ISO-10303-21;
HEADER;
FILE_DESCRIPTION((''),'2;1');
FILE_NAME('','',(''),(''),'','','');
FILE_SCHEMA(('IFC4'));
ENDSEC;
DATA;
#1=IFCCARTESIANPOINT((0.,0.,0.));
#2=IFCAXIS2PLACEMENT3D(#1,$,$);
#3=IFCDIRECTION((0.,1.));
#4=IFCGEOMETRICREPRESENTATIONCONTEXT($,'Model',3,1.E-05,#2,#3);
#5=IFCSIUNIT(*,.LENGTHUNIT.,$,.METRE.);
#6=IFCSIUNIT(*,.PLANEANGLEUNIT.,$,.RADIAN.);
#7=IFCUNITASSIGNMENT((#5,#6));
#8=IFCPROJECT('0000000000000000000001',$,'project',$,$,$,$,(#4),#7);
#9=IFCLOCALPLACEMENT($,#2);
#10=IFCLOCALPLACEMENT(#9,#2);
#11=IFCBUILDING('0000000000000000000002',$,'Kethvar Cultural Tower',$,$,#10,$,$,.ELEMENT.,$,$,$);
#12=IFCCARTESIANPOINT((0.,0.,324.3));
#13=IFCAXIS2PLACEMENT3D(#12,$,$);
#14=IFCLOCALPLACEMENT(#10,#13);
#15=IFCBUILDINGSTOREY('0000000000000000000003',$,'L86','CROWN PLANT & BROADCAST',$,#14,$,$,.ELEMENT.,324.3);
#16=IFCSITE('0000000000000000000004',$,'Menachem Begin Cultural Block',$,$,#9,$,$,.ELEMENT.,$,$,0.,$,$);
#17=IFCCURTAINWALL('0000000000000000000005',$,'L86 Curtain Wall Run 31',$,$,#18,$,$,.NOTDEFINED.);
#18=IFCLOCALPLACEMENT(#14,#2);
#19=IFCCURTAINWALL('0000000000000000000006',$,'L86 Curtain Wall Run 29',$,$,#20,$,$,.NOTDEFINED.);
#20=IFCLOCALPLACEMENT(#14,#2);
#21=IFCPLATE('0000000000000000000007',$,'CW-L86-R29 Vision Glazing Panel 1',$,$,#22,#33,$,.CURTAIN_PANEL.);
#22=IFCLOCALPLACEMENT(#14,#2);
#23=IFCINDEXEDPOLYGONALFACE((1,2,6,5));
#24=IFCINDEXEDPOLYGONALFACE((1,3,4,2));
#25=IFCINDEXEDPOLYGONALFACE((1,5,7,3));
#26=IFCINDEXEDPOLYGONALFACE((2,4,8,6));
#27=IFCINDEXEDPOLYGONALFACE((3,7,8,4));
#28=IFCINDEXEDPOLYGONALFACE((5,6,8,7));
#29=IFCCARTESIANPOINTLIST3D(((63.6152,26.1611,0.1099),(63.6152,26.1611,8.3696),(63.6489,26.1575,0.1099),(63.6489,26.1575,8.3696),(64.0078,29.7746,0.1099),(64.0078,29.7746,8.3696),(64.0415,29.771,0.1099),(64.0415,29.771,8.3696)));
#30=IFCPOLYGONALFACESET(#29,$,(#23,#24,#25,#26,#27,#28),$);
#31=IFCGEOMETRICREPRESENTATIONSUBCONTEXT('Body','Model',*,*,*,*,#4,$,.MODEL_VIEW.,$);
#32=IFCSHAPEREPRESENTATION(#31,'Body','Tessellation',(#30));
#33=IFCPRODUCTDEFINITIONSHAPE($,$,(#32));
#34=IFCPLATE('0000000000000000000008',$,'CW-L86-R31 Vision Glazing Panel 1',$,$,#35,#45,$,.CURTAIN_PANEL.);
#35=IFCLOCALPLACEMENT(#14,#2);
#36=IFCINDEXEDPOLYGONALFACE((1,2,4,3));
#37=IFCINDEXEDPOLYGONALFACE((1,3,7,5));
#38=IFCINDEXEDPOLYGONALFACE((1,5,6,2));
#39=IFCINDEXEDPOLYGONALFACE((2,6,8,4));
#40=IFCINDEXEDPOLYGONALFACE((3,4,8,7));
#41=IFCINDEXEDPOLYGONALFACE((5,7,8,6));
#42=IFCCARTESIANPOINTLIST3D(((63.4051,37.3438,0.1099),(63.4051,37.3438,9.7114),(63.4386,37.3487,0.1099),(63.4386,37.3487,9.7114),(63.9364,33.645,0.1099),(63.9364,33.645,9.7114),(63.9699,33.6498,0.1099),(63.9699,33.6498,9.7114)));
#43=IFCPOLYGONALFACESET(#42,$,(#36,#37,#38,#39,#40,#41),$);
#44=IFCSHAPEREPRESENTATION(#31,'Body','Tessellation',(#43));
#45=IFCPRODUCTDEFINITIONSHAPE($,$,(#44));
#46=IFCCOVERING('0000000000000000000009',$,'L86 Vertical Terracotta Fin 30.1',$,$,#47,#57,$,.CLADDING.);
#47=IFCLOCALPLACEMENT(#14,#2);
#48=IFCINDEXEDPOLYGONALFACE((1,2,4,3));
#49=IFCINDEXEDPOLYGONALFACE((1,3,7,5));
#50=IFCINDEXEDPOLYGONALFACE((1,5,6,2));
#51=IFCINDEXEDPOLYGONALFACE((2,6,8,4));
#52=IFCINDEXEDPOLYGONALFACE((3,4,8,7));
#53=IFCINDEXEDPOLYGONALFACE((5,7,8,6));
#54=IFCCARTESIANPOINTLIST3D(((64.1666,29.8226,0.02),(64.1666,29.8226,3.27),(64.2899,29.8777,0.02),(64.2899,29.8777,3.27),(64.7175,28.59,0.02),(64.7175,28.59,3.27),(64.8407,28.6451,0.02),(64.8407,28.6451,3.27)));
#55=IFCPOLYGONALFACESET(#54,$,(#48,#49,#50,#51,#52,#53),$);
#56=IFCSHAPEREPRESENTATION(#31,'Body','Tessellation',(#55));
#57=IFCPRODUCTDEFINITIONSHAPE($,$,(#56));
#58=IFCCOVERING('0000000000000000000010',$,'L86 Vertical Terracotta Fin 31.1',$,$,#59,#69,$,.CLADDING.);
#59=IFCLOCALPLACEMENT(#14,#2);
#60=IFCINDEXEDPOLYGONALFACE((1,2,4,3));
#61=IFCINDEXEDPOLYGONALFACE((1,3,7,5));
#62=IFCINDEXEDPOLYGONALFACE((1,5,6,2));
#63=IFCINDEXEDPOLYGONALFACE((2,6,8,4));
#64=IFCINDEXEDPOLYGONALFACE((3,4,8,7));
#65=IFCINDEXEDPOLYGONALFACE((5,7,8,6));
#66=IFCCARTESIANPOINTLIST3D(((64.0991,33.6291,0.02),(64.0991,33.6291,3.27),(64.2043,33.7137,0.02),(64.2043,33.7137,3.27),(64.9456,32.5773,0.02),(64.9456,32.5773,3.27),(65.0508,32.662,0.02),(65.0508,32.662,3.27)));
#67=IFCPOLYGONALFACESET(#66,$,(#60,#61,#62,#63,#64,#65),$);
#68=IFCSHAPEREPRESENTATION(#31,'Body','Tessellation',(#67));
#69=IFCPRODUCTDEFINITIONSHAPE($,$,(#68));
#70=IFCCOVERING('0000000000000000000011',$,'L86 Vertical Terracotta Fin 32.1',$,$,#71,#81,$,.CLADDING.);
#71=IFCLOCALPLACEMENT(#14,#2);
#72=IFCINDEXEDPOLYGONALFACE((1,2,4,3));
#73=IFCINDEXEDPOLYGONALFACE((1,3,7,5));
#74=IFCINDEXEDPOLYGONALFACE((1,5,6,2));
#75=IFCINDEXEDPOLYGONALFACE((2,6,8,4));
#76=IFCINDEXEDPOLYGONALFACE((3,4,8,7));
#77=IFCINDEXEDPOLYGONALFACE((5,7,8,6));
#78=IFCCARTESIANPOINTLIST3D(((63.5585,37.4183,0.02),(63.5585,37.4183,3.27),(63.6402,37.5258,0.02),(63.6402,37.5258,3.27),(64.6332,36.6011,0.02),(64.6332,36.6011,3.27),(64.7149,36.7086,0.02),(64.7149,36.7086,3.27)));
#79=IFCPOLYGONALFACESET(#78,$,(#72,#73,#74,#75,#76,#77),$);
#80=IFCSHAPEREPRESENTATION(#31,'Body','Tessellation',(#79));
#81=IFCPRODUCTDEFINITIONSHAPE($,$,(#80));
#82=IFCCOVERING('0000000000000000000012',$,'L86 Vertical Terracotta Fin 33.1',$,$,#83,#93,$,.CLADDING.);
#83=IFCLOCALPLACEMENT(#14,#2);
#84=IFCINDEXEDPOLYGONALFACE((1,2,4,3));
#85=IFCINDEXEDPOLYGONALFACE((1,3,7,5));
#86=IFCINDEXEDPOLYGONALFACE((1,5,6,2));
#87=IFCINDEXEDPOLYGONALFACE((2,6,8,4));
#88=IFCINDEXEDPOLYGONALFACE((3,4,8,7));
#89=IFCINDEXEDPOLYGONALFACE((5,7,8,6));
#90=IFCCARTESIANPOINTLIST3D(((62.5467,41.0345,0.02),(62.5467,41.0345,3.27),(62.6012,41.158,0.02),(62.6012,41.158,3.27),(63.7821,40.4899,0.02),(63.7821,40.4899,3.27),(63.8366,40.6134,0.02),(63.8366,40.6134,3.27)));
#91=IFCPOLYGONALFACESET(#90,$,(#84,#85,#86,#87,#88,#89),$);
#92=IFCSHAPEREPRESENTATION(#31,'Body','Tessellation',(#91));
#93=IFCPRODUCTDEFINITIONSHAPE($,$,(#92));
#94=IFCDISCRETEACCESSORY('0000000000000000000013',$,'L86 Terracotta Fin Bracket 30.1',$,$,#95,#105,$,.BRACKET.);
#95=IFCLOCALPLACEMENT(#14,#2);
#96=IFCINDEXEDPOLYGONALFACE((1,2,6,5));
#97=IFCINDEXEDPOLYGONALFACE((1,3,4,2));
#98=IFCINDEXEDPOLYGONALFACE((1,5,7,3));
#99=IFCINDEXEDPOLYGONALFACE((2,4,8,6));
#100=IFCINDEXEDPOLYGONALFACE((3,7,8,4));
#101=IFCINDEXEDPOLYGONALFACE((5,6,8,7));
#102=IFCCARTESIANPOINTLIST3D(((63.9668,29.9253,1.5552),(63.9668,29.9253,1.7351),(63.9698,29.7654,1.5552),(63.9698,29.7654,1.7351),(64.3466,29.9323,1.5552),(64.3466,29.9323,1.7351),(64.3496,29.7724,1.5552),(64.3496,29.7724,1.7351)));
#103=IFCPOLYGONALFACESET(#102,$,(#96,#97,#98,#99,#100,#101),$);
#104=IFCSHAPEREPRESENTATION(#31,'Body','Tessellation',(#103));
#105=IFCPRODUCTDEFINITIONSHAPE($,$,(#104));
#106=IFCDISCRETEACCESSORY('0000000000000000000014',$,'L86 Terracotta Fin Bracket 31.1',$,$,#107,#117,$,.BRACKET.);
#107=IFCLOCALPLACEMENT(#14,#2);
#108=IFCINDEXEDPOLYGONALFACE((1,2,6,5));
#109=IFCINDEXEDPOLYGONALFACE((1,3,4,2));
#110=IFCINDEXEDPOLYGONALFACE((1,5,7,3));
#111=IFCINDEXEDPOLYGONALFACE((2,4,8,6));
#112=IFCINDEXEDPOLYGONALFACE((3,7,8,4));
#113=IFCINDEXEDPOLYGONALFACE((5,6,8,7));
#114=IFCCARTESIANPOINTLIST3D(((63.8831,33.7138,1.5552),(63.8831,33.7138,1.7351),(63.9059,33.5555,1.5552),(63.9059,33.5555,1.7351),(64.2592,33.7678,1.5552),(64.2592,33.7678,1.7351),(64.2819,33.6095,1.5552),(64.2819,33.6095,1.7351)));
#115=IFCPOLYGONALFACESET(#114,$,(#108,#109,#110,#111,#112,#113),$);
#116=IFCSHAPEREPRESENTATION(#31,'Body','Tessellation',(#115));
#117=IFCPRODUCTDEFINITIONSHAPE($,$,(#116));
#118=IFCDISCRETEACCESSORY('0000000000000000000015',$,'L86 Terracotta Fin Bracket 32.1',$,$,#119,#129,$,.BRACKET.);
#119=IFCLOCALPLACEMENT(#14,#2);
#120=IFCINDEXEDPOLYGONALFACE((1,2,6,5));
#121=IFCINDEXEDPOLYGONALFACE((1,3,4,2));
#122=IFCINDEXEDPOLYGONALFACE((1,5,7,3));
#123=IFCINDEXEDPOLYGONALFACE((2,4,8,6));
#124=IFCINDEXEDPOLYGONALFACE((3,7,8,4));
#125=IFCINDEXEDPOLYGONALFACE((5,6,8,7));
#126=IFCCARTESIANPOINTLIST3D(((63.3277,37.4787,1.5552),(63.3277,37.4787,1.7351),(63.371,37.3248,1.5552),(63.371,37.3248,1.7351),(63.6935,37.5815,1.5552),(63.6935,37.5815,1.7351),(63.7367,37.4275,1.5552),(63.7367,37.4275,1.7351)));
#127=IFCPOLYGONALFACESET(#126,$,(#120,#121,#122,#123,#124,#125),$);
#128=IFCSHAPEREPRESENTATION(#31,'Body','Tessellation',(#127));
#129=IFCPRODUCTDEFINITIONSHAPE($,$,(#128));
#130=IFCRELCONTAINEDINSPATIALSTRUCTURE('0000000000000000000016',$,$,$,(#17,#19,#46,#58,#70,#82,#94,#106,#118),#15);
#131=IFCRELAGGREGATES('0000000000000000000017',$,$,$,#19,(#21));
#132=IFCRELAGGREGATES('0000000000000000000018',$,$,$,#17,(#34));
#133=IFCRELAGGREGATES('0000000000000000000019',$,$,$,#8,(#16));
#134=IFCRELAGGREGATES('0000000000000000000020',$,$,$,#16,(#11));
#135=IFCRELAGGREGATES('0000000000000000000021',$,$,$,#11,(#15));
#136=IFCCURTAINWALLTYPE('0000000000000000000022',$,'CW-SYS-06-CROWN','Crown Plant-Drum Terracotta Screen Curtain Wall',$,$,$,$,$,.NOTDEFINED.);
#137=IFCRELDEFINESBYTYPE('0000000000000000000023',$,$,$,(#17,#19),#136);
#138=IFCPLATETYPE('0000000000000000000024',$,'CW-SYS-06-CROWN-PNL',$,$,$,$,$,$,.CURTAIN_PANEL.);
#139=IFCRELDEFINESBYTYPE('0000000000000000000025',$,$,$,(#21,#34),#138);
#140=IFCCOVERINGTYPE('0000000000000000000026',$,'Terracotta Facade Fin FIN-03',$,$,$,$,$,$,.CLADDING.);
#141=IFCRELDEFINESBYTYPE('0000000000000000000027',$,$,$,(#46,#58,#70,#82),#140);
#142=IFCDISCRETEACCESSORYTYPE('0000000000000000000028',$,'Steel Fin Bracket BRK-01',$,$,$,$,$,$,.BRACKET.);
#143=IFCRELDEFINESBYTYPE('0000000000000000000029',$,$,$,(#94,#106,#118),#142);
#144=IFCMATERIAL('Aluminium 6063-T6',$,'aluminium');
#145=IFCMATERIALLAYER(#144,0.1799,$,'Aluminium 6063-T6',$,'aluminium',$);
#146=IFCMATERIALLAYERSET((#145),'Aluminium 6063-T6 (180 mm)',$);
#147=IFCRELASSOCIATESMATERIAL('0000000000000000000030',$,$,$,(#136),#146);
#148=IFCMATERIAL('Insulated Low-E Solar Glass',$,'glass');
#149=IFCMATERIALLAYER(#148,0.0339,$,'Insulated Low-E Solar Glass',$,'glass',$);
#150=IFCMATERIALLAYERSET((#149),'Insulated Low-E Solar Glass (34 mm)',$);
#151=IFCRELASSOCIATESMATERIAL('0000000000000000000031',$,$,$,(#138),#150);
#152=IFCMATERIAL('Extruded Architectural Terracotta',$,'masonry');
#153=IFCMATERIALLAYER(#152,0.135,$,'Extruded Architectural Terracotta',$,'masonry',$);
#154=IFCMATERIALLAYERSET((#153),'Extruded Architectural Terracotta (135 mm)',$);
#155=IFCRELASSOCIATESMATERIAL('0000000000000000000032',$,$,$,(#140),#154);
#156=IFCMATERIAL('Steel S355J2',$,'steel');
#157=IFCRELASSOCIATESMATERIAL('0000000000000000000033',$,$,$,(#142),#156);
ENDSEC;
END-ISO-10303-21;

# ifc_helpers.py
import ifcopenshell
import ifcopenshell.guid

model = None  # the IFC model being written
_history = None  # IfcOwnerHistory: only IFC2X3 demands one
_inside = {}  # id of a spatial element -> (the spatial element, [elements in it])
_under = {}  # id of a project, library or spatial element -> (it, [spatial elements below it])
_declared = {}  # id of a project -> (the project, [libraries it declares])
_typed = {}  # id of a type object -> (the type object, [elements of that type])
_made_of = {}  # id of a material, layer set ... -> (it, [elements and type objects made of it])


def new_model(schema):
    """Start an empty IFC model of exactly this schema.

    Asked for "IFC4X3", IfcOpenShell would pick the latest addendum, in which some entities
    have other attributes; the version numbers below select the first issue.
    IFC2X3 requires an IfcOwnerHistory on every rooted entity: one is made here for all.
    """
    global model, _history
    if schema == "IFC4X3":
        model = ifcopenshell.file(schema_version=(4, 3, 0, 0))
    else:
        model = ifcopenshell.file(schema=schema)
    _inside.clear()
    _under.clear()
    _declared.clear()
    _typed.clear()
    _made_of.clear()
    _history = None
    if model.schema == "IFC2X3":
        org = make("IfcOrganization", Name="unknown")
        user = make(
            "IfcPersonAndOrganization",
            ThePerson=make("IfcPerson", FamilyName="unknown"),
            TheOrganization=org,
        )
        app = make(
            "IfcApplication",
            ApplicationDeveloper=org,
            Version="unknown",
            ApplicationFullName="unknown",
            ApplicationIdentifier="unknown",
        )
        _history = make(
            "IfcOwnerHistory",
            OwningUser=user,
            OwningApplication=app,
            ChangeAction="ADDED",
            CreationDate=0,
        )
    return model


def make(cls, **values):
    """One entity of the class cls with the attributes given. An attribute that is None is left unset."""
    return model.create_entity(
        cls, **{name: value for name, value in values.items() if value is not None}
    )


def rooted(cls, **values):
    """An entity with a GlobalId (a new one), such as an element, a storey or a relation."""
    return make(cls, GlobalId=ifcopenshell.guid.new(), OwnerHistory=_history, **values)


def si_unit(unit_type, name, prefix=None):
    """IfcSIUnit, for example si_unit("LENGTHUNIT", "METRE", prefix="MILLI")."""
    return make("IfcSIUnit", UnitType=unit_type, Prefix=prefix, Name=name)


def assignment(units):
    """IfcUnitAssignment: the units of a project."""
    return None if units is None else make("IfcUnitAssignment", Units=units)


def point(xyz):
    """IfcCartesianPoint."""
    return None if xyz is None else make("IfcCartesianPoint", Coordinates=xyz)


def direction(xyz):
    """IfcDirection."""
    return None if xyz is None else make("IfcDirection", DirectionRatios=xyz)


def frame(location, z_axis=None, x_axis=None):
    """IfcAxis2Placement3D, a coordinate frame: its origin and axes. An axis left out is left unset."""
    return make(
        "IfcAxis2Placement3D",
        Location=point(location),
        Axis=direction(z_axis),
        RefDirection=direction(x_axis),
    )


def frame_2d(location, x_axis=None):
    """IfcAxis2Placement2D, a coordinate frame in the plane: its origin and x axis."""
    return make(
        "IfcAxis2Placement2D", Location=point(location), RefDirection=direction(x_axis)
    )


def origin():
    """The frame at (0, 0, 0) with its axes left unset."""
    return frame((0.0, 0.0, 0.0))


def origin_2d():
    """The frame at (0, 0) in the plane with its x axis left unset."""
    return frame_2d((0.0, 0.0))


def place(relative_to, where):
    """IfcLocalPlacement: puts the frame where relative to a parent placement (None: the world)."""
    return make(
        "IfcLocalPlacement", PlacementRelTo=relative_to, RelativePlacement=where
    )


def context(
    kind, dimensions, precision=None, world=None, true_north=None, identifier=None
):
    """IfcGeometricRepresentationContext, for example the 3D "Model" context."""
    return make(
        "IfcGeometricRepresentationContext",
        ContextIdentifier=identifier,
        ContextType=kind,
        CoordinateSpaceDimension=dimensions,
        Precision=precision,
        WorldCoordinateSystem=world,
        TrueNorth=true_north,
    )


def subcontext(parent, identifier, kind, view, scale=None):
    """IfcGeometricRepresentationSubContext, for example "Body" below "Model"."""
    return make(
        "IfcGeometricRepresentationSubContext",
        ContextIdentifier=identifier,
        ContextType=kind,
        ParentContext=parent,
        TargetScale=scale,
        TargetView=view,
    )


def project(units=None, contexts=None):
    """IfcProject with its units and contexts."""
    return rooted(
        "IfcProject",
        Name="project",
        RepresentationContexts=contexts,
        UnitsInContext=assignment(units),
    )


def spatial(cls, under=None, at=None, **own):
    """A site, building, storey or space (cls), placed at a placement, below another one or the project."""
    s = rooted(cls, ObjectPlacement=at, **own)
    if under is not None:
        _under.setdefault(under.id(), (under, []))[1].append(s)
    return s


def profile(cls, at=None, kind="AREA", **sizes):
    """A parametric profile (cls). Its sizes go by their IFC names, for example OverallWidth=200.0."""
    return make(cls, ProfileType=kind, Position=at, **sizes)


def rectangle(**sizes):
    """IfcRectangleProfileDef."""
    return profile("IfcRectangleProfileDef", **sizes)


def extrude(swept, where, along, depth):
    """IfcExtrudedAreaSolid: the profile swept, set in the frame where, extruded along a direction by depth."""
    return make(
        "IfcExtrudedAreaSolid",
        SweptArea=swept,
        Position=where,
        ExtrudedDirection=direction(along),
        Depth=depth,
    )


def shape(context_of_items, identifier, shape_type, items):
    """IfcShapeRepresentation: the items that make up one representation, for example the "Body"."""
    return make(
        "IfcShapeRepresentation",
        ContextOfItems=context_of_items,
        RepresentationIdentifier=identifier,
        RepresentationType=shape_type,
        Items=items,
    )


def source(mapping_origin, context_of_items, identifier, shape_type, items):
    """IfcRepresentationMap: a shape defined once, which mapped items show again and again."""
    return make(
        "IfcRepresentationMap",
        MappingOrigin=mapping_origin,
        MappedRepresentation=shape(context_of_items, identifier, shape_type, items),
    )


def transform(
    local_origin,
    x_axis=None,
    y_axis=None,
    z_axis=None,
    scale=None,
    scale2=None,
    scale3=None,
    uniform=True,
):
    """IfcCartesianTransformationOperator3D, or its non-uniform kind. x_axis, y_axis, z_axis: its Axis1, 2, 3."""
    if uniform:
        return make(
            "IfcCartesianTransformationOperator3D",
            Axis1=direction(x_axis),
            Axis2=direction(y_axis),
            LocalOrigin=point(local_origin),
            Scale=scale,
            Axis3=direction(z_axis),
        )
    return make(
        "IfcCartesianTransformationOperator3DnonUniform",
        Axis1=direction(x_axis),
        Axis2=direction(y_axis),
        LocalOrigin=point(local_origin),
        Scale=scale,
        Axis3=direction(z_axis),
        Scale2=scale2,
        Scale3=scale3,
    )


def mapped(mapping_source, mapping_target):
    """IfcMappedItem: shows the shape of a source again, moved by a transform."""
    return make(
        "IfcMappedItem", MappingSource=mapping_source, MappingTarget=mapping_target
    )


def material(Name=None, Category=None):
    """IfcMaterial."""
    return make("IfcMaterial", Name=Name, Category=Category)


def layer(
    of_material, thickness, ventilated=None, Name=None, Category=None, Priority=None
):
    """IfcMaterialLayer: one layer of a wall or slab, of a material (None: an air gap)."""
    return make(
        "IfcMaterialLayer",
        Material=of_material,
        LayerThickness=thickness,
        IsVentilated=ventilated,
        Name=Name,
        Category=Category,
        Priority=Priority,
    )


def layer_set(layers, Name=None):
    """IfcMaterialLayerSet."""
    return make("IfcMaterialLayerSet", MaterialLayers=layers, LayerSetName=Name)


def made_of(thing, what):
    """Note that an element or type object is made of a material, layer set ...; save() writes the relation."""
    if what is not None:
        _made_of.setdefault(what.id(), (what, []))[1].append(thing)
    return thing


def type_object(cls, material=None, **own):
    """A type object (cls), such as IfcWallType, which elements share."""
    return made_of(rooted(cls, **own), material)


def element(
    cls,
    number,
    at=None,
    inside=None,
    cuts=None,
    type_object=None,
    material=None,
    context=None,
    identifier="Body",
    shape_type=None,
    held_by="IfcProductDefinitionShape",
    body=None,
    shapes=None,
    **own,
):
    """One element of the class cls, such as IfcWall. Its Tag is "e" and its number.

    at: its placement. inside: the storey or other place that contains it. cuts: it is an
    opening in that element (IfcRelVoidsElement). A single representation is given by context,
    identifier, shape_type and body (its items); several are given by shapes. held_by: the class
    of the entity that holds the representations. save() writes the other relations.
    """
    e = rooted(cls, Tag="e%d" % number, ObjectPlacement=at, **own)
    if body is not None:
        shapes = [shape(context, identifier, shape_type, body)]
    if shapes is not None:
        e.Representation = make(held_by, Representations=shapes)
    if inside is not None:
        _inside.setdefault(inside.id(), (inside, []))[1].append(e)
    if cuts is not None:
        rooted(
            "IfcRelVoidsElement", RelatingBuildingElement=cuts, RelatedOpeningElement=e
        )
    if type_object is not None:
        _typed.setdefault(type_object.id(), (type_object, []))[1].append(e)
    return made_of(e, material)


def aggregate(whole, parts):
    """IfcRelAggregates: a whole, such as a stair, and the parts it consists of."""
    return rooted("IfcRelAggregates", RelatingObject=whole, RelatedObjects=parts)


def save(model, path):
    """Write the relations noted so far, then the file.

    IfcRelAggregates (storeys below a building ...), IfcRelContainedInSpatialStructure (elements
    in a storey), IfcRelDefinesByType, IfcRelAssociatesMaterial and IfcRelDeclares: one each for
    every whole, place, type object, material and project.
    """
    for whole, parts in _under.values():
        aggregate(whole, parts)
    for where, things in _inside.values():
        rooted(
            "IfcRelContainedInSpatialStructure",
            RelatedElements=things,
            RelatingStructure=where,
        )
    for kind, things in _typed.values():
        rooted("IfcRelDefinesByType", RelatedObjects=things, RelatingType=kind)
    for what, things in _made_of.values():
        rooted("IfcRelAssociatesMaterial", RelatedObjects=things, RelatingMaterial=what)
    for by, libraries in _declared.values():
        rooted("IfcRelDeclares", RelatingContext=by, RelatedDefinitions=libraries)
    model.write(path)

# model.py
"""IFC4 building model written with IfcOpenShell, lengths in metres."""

from ifc_helpers import new_model, si_unit, direction, frame, origin, origin_2d, place, context, subcontext, project, spatial, rectangle, extrude, source, transform, mapped, material, layer, layer_set, type_object, element, aggregate, save


model = new_model("IFC4")

# Units and contexts
model_context = context("Model", 3, precision=1e-05, world=origin(), true_north=direction((0.0, 1.0)))
body_context = subcontext(model_context, "Body", "Model", "MODEL_VIEW")
ifc_project = project(units=[si_unit("LENGTHUNIT", "METRE"), si_unit("PLANEANGLEUNIT", "RADIAN")], contexts=[model_context])

# Site, building, storey
site_placement = place(None, origin())
site = spatial("IfcSite", under=ifc_project, at=site_placement, Name="Menachem Begin Cultural Block", CompositionType="ELEMENT", RefElevation=0.0)
building_placement = place(site_placement, origin())
building = spatial("IfcBuilding", under=site, at=building_placement, Name="Kethvar Cultural Tower", CompositionType="ELEMENT")
storey_placement = place(building_placement, frame((0.0, 0.0, 324.3)))
storey = spatial("IfcBuildingStorey", under=building, at=storey_placement, Name="L86", Description="CROWN PLANT & BROADCAST", CompositionType="ELEMENT", Elevation=324.3)

# Shared definitions
ifc_material_1 = material(Name="Aluminium 6063-T6", Category="aluminium")
ifc_layer_1 = layer(ifc_material_1, 0.1799, Name="Aluminium 6063-T6", Category="aluminium")
ifc_layer_set_1 = layer_set([ifc_layer_1], Name="Aluminium 6063-T6 (180 mm)")
curtain_wall_type = type_object("IfcCurtainWallType", Name="CW-SYS-06-CROWN", Description="Crown Plant-Drum Terracotta Screen Curtain Wall", PredefinedType="NOTDEFINED", material=ifc_layer_set_1)

# Curtain wall
curtain_wall_1_placement = place(storey_placement, origin())
curtain_wall_1 = element("IfcCurtainWall", 1, at=curtain_wall_1_placement, inside=storey, type_object=curtain_wall_type, Name="L86 Curtain Wall Run 31", PredefinedType="NOTDEFINED")

# Curtain wall
curtain_wall_2_placement = place(storey_placement, origin())
curtain_wall_2 = element("IfcCurtainWall", 2, at=curtain_wall_2_placement, inside=storey, type_object=curtain_wall_type, Name="L86 Curtain Wall Run 29", PredefinedType="NOTDEFINED")

# Plates
ifc_material_2 = material(Name="Insulated Low-E Solar Glass", Category="glass")
ifc_layer_2 = layer(ifc_material_2, 0.0339, Name="Insulated Low-E Solar Glass", Category="glass")
ifc_layer_set_2 = layer_set([ifc_layer_2], Name="Insulated Low-E Solar Glass (34 mm)")
plate_type = type_object("IfcPlateType", Name="CW-SYS-06-CROWN-PNL", PredefinedType="CURTAIN_PANEL", material=ifc_layer_set_2)
shared_shape_1 = source(origin(), body_context, "Body", "SweptSolid", [
    extrude(rectangle(XDim=3.6348, YDim=0.0339, at=origin_2d()), origin(), (0.0, 0.0, 1.0), 8.2598),
])
plate_1_placement = place(storey_placement, frame((63.8284, 27.9661, 0.1099), z_axis=(0.0, 0.0, 1.0), x_axis=(0.108017, 0.994149, 0.0)))
plate_1 = element("IfcPlate", 3, at=plate_1_placement, type_object=plate_type, Name="CW-L86-R29 Vision Glazing Panel 1", PredefinedType="CURTAIN_PANEL", context=body_context, shape_type="MappedRepresentation", body=[
    mapped(shared_shape_1, transform((0.0, 0.0, 0.0), scale=1.0)),
])
aggregate(curtain_wall_2, [plate_1])
shared_shape_2 = source(origin(), body_context, "Body", "SweptSolid", [
    extrude(rectangle(XDim=3.7368, YDim=0.0339, at=origin_2d()), origin(), (0.0, 0.0, 1.0), 9.6016),
])
plate_2_placement = place(storey_placement, frame((63.6875, 35.4968, 0.1099), z_axis=(0.0, 0.0, 1.0), x_axis=(-0.14218, 0.989841, 0.0)))
plate_2 = element("IfcPlate", 4, at=plate_2_placement, type_object=plate_type, Name="CW-L86-R31 Vision Glazing Panel 1", PredefinedType="CURTAIN_PANEL", context=body_context, shape_type="MappedRepresentation", body=[
    mapped(shared_shape_2, transform((0.0, 0.0, 0.0), scale=1.0)),
])
aggregate(curtain_wall_1, [plate_2])

# Coverings
ifc_material_3 = material(Name="Extruded Architectural Terracotta", Category="masonry")
ifc_layer_3 = layer(ifc_material_3, 0.135, Name="Extruded Architectural Terracotta", Category="masonry")
ifc_layer_set_3 = layer_set([ifc_layer_3], Name="Extruded Architectural Terracotta (135 mm)")
covering_type = type_object("IfcCoveringType", Name="Terracotta Facade Fin FIN-03", PredefinedType="CLADDING", material=ifc_layer_set_3)
shared_shape_3 = source(origin(), body_context, "Body", "SweptSolid", [
    extrude(rectangle(XDim=1.3501, YDim=0.135, at=origin_2d()), origin(), (0.0, 0.0, 1.0), 3.25),
])
for number, where, z_axis, x_axis, name in (
    (5, (64.5037, 29.2339, 0.02), (0.0, 0.0, 1.0), (0.408012, -0.912977, 0.0), "L86 Vertical Terracotta Fin 30.1"),
    (6, (64.575, 33.1455, 0.02), (0.0, 0.0, 1.0), (0.627012, -0.77901, 0.0), "L86 Vertical Terracotta Fin 31.1"),
    (7, (64.1367, 37.0635, 0.02), (0.0, 0.0, 1.0), (0.796002, -0.605294, 0.0), "L86 Vertical Terracotta Fin 32.1"),
    (8, (63.1917, 40.824, 0.02), (0.0, 0.0, 1.0), (0.91503, -0.403386, 0.0), "L86 Vertical Terracotta Fin 33.1"),
):
    element("IfcCovering", number, at=place(storey_placement, frame(where, z_axis=z_axis, x_axis=x_axis)), inside=storey, type_object=covering_type, Name=name, PredefinedType="CLADDING", context=body_context, shape_type="MappedRepresentation", body=[
        mapped(shared_shape_3, transform((0.0, 0.0, 0.0), scale=1.0)),
    ])

# Discrete accessories
ifc_material_4 = material(Name="Steel S355J2", Category="steel")
discrete_accessory_type = type_object("IfcDiscreteAccessoryType", Name="Steel Fin Bracket BRK-01", PredefinedType="BRACKET", material=ifc_material_4)
shared_shape_4 = source(origin(), body_context, "Body", "SweptSolid", [
    extrude(rectangle(XDim=0.3799, YDim=0.1599, at=origin_2d()), origin(), (0.0, 0.0, 1.0), 0.1799),
])
for number, where, z_axis, x_axis, name in (
    (9, (64.1582, 29.8489, 1.5552), (0.0, 0.0, 1.0), (0.999829, 0.018499, 0.0), "L86 Terracotta Fin Bracket 30.1"),
    (10, (64.0825, 33.6616, 1.5552), (0.0, 0.0, 1.0), (0.989851, 0.142111, 0.0), "L86 Terracotta Fin Bracket 31.1"),
    (11, (63.5322, 37.4531, 1.5552), (0.0, 0.0, 1.0), (0.962739, 0.270432, 0.0), "L86 Terracotta Fin Bracket 32.1"),
):
    element("IfcDiscreteAccessory", number, at=place(storey_placement, frame(where, z_axis=z_axis, x_axis=x_axis)), inside=storey, type_object=discrete_accessory_type, Name=name, PredefinedType="BRACKET", context=body_context, shape_type="MappedRepresentation", body=[
        mapped(shared_shape_4, transform((0.0, 0.0, 0.0), scale=1.0)),
    ])

save(model, "model.ifc")
